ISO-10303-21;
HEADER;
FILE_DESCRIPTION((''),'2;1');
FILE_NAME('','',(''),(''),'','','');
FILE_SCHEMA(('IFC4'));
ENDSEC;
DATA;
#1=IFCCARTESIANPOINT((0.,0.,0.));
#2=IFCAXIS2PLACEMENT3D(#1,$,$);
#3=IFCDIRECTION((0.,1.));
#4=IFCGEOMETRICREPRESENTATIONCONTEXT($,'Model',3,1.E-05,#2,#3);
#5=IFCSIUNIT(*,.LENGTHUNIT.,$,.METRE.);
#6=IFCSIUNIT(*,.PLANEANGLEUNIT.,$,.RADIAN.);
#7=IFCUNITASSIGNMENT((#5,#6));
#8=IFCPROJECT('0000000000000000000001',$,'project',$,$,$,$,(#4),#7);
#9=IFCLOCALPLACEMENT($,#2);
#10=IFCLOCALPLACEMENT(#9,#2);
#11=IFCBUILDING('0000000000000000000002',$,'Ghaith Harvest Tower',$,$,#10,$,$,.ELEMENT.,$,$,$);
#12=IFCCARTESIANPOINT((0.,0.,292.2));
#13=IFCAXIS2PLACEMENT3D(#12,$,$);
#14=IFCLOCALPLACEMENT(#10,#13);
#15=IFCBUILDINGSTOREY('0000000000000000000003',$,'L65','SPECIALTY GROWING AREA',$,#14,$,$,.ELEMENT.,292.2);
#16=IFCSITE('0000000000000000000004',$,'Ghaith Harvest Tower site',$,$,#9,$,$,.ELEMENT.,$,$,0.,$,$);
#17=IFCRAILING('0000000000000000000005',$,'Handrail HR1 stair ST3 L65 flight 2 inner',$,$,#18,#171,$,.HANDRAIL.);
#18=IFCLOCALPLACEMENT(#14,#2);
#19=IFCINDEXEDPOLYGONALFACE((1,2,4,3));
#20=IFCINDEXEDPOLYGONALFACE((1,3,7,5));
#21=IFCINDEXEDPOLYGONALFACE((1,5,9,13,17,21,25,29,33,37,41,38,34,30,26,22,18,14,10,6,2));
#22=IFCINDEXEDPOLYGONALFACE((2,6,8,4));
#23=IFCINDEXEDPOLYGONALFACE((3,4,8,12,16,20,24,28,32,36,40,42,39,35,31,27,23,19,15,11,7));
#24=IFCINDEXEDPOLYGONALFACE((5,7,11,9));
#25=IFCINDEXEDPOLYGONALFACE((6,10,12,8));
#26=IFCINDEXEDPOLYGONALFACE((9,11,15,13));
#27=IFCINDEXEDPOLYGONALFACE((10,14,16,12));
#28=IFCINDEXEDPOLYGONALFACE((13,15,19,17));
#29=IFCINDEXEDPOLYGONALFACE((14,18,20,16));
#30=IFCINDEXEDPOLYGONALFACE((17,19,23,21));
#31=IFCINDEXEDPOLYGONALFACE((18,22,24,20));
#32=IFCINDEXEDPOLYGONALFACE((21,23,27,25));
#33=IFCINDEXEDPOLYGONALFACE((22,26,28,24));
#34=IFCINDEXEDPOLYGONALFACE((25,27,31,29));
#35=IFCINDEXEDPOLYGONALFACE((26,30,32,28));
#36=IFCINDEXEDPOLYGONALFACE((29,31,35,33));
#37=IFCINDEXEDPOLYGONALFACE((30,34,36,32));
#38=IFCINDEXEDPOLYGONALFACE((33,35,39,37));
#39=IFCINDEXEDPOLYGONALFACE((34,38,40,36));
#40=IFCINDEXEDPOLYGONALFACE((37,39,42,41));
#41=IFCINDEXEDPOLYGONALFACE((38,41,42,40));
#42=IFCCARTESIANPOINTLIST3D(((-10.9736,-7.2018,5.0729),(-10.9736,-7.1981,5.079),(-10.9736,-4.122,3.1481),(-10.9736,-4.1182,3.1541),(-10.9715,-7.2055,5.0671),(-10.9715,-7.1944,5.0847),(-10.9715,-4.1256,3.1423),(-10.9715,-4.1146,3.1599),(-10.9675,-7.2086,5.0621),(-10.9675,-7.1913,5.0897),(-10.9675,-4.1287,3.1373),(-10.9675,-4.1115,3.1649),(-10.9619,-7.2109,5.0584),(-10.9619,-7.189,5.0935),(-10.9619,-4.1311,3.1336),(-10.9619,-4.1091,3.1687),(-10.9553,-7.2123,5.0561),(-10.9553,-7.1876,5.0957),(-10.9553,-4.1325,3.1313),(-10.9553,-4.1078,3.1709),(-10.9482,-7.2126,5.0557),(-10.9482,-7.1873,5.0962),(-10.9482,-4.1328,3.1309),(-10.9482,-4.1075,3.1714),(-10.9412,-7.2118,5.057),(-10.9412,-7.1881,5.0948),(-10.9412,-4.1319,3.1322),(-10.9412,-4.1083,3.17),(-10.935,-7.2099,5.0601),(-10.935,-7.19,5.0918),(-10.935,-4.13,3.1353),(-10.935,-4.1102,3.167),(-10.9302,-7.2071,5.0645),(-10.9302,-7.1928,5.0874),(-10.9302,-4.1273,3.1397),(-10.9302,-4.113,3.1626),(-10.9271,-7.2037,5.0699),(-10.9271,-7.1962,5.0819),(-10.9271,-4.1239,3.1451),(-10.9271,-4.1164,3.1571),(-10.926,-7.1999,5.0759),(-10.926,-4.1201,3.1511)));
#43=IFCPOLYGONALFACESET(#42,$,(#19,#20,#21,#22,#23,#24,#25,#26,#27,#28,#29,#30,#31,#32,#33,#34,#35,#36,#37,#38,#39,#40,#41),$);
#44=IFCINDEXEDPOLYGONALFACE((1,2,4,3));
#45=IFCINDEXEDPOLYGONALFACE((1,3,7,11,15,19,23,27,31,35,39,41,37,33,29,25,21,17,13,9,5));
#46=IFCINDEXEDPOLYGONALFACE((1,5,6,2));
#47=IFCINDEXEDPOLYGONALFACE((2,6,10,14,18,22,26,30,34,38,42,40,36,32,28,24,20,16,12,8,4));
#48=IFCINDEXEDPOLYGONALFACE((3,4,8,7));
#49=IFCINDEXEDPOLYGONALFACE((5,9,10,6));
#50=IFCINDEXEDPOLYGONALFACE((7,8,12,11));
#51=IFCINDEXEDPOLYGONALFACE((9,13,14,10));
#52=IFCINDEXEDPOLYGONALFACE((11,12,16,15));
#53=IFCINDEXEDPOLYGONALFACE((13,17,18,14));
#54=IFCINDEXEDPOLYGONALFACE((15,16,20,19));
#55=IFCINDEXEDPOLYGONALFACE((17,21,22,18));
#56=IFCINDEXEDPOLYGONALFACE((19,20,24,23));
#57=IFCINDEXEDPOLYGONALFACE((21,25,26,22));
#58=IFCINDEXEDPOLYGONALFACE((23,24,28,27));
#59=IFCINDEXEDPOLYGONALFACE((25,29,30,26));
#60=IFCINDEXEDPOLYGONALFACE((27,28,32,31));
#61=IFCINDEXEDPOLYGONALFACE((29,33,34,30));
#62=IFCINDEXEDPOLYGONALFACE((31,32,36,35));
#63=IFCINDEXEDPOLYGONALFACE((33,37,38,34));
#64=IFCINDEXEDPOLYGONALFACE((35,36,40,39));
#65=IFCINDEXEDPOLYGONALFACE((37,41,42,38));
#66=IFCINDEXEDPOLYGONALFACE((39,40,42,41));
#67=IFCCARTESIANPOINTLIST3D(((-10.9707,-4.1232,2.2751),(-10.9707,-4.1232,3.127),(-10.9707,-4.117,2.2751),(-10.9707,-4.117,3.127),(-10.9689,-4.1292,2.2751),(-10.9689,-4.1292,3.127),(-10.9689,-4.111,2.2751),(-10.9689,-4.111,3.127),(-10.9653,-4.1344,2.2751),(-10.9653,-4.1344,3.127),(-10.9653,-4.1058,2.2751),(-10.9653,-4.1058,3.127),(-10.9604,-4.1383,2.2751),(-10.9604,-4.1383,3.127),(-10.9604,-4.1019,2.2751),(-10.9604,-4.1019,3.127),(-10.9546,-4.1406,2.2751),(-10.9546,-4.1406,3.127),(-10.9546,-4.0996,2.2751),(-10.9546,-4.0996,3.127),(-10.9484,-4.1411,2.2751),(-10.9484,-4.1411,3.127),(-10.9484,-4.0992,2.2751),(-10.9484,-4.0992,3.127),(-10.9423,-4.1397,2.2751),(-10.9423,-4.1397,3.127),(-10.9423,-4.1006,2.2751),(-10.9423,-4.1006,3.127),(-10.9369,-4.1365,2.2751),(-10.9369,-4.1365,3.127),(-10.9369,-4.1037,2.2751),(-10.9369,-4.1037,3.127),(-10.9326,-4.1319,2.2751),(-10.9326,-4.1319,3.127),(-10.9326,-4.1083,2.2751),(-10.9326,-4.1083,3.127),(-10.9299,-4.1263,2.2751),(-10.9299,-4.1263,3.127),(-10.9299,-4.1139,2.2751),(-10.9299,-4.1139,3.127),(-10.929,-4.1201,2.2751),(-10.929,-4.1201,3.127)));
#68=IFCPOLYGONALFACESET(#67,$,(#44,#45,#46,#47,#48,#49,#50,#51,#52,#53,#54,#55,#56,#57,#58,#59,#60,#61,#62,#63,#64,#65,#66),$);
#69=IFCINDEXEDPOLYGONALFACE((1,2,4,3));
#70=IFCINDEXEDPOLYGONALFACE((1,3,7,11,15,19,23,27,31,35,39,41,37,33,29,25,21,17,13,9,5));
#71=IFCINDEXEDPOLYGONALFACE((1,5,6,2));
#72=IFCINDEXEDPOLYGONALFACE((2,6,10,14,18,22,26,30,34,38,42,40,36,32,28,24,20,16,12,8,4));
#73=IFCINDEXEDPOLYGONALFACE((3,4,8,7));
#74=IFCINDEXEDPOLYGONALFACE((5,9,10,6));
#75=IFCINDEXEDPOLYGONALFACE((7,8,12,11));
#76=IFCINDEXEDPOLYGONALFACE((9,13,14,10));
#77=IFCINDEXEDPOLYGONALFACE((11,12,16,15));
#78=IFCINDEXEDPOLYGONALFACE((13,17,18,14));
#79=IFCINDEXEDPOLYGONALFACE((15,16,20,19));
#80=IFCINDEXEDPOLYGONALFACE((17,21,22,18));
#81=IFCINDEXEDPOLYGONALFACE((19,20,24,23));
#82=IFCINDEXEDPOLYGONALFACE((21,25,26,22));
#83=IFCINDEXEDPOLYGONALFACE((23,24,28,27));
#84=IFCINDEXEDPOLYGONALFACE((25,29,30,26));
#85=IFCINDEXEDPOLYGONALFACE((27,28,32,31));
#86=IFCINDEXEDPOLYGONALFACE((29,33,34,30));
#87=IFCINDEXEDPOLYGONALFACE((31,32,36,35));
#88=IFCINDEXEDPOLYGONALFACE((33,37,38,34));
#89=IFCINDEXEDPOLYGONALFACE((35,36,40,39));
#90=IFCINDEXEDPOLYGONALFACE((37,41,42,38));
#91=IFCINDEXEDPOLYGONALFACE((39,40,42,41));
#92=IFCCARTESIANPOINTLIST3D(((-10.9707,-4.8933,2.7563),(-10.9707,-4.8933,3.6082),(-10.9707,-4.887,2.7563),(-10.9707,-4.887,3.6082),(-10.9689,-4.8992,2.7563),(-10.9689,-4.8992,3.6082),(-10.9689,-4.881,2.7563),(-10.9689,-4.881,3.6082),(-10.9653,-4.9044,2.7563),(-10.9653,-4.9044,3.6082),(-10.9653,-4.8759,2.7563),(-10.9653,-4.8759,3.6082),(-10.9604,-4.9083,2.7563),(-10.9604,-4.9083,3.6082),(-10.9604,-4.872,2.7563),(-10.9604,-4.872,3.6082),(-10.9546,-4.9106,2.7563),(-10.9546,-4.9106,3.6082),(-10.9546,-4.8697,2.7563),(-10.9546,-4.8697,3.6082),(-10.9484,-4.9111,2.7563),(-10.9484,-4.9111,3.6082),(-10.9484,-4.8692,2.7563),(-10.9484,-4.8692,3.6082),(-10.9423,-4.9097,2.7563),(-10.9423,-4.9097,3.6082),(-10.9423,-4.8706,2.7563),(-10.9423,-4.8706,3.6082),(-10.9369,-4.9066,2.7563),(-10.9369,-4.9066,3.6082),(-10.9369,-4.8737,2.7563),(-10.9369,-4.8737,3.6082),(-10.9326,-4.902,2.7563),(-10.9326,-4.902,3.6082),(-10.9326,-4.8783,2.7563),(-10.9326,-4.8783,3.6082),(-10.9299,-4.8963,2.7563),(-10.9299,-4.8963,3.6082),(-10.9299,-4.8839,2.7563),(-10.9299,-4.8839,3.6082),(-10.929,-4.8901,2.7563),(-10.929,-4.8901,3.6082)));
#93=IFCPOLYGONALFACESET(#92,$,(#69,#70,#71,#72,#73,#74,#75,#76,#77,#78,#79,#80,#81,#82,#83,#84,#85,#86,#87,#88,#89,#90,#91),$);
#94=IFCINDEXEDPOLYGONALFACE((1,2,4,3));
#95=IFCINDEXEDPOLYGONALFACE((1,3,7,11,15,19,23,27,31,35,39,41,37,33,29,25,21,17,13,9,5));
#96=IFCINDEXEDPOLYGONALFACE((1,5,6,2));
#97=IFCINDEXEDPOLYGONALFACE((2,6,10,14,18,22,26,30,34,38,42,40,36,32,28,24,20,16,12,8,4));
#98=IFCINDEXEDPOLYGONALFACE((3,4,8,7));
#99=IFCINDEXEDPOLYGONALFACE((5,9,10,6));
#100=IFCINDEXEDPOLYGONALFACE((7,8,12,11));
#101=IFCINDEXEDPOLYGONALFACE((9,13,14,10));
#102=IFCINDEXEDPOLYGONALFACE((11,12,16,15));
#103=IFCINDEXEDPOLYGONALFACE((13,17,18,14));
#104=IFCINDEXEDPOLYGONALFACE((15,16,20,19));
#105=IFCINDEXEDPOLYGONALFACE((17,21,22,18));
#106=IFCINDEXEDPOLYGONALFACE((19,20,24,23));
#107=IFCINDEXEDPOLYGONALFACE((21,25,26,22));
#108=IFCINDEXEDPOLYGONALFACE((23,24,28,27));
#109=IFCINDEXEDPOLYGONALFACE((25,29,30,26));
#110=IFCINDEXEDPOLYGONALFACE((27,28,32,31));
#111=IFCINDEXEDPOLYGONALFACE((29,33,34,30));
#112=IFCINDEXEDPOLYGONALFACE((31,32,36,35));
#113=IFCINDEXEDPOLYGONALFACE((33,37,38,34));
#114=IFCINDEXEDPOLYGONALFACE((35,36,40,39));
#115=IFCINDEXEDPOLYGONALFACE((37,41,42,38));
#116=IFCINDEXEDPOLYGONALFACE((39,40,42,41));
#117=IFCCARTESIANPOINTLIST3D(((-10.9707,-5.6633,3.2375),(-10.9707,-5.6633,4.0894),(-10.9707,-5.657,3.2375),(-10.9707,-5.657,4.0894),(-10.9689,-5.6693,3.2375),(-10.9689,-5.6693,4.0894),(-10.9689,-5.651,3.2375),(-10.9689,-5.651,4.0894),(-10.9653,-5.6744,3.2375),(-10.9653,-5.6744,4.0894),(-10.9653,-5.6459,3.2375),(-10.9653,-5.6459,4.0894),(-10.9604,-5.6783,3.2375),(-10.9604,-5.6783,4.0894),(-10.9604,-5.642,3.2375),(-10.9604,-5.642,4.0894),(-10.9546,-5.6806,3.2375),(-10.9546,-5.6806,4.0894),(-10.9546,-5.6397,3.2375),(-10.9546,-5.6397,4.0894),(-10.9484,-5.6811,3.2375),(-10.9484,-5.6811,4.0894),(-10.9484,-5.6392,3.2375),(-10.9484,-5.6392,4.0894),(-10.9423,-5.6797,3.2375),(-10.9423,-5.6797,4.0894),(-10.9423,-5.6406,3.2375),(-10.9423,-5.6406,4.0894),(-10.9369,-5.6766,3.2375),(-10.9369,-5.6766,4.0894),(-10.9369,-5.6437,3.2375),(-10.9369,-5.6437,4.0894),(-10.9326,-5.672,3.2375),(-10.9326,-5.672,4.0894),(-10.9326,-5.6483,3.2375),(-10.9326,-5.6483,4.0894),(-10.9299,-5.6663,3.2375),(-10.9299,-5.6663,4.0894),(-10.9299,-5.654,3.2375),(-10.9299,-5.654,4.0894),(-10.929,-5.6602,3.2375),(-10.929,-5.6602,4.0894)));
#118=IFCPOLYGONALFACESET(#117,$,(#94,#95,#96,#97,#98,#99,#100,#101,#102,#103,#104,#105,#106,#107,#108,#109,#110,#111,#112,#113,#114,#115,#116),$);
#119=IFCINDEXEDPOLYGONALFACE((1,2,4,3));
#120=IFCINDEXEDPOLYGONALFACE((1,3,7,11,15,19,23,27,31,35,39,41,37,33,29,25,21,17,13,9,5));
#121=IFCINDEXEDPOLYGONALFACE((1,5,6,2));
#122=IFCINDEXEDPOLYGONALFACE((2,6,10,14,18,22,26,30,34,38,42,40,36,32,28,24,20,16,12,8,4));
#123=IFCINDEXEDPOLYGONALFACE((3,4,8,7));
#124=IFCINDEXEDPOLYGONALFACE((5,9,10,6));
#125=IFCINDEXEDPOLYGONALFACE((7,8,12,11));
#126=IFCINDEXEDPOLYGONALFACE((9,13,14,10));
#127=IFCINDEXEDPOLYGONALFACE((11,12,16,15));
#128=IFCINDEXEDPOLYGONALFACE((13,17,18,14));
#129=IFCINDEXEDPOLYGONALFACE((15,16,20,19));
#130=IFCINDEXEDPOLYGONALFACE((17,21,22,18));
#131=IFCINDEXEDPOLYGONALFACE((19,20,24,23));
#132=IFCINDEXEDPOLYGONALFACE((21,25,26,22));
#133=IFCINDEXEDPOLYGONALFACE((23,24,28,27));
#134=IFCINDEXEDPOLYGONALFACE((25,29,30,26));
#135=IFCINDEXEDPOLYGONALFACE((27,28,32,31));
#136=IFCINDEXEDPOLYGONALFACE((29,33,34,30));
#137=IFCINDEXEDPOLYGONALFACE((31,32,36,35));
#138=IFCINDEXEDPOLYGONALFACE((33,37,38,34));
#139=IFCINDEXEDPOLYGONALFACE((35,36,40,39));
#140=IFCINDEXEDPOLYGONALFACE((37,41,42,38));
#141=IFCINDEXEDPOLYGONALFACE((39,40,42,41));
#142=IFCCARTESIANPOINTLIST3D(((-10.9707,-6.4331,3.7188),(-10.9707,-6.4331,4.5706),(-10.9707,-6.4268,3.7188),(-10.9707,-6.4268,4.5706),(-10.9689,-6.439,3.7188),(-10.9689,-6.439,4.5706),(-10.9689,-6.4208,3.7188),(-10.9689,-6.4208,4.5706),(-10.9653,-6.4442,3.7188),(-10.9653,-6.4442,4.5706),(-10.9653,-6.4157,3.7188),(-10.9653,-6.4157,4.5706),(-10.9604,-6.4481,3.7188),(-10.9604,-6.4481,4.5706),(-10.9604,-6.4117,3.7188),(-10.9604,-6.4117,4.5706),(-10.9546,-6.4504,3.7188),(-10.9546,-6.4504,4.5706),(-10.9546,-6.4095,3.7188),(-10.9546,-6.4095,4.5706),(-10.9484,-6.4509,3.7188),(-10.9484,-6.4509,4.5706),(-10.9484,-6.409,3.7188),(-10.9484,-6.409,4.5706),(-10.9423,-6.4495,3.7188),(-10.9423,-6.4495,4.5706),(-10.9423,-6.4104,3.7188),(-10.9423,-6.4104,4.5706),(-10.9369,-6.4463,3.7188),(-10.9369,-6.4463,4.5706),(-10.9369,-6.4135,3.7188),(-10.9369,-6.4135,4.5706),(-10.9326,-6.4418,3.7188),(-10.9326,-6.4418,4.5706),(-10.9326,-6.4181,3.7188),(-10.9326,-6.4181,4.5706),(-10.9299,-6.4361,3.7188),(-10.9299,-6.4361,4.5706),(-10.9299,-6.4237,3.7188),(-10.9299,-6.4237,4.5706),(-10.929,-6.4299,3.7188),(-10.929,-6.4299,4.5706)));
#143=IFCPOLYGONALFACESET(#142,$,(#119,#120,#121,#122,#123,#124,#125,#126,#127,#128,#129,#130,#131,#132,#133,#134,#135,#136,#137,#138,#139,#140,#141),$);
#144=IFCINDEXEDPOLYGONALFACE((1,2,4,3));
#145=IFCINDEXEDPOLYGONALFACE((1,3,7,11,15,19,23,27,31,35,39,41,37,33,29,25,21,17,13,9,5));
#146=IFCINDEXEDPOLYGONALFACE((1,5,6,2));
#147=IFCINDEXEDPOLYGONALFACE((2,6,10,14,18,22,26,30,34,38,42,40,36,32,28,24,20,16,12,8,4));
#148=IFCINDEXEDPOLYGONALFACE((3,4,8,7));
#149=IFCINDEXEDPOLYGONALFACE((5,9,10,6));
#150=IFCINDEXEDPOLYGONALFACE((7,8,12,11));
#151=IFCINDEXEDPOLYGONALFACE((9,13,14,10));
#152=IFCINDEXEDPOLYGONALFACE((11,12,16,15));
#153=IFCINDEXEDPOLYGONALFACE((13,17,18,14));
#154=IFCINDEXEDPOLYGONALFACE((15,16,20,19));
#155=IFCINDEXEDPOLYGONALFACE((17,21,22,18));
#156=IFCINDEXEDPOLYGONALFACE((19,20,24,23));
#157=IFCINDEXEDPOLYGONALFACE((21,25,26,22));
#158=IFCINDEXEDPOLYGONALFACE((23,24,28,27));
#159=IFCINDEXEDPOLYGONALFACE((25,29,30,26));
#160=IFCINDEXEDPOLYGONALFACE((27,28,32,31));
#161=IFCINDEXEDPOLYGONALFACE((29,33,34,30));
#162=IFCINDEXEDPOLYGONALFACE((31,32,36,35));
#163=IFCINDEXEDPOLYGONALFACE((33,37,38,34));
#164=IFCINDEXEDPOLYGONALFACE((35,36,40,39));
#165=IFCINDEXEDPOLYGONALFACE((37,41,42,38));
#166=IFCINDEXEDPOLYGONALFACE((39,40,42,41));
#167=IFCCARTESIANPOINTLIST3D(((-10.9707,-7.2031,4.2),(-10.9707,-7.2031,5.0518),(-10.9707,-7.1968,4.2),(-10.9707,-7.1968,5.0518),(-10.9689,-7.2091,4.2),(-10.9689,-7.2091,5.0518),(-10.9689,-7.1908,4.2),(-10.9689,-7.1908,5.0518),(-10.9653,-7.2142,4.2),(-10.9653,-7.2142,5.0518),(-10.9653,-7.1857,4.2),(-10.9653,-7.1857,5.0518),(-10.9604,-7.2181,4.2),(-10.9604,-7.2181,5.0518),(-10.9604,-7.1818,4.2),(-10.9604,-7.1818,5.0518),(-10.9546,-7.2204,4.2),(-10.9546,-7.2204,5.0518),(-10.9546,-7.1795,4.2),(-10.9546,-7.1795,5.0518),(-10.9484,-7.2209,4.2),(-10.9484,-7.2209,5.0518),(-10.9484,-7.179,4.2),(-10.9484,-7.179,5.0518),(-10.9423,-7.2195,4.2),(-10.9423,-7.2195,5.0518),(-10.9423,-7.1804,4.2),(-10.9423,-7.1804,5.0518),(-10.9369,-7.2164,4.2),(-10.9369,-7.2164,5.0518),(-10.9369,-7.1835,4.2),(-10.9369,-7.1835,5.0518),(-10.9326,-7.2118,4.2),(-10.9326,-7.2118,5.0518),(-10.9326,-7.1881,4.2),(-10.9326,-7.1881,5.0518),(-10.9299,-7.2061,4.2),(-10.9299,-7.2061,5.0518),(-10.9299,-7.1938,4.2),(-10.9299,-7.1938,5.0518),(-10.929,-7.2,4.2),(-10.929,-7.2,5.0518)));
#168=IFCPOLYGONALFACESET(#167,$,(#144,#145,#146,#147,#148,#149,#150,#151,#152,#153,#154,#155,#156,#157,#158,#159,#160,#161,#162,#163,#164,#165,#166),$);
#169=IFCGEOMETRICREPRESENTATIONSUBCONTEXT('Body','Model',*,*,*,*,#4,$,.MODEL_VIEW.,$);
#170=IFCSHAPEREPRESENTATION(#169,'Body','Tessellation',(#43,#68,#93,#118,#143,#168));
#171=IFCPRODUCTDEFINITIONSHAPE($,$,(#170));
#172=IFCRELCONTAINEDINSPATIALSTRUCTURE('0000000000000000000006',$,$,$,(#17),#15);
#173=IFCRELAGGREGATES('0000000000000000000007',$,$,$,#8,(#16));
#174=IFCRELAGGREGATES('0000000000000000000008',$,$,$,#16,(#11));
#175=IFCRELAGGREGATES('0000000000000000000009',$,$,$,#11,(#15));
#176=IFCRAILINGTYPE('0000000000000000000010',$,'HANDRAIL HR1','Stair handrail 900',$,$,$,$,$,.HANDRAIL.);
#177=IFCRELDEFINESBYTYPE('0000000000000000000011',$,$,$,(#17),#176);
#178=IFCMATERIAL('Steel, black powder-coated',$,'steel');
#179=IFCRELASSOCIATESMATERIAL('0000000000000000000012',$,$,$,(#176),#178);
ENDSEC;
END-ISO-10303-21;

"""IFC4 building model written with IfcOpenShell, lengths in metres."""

from ifc_helpers import new_model, si_unit, direction, frame, origin, origin_2d, place, context, subcontext, project, spatial, circle, extrude, material, type_object, element, save


model = new_model("IFC4")

# Units and contexts
model_context = context("Model", 3, precision=1e-05, world=origin(), true_north=direction((0.0, 1.0)))
body_context = subcontext(model_context, "Body", "Model", "MODEL_VIEW")
ifc_project = project(units=[si_unit("LENGTHUNIT", "METRE"), si_unit("PLANEANGLEUNIT", "RADIAN")], contexts=[model_context])

# Site, building, storey
site_placement = place(None, origin())
site = spatial("IfcSite", under=ifc_project, at=site_placement, Name="Ghaith Harvest Tower site", CompositionType="ELEMENT", RefElevation=0.0)
building_placement = place(site_placement, origin())
building = spatial("IfcBuilding", under=site, at=building_placement, Name="Ghaith Harvest Tower", CompositionType="ELEMENT")
storey_placement = place(building_placement, frame((0.0, 0.0, 292.2)))
storey = spatial("IfcBuildingStorey", under=building, at=storey_placement, Name="L65", Description="SPECIALTY GROWING AREA", CompositionType="ELEMENT", Elevation=292.2)

# Railing
ifc_material_1 = material(Name="Steel, black powder-coated", Category="steel")
railing_type = type_object("IfcRailingType", Name="HANDRAIL HR1", Description="Stair handrail 900", PredefinedType="HANDRAIL", material=ifc_material_1)
railing_1_placement = place(storey_placement, frame((-10.95, -4.1201, 2.2751)))
element("IfcRailing", 1, at=railing_1_placement, inside=storey, type_object=railing_type, Name="Handrail HR1 stair ST3 L65 flight 2 inner", PredefinedType="HANDRAIL", context=body_context, shape_type="SweptSolid", body=[
    extrude(circle(Radius=0.0239, at=origin_2d()), frame((0.0, 0.0, 0.876), z_axis=(0.0, -0.84801, 0.529981), x_axis=(1.0, 0.0, 0.0)), (0.0, 0.0, 1.0), 3.6318),
    extrude(circle(Radius=0.021, at=origin_2d()), origin(), (0.0, 0.0, 1.0), 0.8518),
    extrude(circle(Radius=0.021, at=origin_2d()), frame((0.0, -0.77, 0.4812)), (0.0, 0.0, 1.0), 0.8518),
    extrude(circle(Radius=0.021, at=origin_2d()), frame((0.0, -1.54, 0.9624)), (0.0, 0.0, 1.0), 0.8518),
    extrude(circle(Radius=0.021, at=origin_2d()), frame((0.0, -2.3098, 1.4436)), (0.0, 0.0, 1.0), 0.8518),
    extrude(circle(Radius=0.021, at=origin_2d()), frame((0.0, -3.0798, 1.9248)), (0.0, 0.0, 1.0), 0.8518),
])

save(model, "model.ifc")
